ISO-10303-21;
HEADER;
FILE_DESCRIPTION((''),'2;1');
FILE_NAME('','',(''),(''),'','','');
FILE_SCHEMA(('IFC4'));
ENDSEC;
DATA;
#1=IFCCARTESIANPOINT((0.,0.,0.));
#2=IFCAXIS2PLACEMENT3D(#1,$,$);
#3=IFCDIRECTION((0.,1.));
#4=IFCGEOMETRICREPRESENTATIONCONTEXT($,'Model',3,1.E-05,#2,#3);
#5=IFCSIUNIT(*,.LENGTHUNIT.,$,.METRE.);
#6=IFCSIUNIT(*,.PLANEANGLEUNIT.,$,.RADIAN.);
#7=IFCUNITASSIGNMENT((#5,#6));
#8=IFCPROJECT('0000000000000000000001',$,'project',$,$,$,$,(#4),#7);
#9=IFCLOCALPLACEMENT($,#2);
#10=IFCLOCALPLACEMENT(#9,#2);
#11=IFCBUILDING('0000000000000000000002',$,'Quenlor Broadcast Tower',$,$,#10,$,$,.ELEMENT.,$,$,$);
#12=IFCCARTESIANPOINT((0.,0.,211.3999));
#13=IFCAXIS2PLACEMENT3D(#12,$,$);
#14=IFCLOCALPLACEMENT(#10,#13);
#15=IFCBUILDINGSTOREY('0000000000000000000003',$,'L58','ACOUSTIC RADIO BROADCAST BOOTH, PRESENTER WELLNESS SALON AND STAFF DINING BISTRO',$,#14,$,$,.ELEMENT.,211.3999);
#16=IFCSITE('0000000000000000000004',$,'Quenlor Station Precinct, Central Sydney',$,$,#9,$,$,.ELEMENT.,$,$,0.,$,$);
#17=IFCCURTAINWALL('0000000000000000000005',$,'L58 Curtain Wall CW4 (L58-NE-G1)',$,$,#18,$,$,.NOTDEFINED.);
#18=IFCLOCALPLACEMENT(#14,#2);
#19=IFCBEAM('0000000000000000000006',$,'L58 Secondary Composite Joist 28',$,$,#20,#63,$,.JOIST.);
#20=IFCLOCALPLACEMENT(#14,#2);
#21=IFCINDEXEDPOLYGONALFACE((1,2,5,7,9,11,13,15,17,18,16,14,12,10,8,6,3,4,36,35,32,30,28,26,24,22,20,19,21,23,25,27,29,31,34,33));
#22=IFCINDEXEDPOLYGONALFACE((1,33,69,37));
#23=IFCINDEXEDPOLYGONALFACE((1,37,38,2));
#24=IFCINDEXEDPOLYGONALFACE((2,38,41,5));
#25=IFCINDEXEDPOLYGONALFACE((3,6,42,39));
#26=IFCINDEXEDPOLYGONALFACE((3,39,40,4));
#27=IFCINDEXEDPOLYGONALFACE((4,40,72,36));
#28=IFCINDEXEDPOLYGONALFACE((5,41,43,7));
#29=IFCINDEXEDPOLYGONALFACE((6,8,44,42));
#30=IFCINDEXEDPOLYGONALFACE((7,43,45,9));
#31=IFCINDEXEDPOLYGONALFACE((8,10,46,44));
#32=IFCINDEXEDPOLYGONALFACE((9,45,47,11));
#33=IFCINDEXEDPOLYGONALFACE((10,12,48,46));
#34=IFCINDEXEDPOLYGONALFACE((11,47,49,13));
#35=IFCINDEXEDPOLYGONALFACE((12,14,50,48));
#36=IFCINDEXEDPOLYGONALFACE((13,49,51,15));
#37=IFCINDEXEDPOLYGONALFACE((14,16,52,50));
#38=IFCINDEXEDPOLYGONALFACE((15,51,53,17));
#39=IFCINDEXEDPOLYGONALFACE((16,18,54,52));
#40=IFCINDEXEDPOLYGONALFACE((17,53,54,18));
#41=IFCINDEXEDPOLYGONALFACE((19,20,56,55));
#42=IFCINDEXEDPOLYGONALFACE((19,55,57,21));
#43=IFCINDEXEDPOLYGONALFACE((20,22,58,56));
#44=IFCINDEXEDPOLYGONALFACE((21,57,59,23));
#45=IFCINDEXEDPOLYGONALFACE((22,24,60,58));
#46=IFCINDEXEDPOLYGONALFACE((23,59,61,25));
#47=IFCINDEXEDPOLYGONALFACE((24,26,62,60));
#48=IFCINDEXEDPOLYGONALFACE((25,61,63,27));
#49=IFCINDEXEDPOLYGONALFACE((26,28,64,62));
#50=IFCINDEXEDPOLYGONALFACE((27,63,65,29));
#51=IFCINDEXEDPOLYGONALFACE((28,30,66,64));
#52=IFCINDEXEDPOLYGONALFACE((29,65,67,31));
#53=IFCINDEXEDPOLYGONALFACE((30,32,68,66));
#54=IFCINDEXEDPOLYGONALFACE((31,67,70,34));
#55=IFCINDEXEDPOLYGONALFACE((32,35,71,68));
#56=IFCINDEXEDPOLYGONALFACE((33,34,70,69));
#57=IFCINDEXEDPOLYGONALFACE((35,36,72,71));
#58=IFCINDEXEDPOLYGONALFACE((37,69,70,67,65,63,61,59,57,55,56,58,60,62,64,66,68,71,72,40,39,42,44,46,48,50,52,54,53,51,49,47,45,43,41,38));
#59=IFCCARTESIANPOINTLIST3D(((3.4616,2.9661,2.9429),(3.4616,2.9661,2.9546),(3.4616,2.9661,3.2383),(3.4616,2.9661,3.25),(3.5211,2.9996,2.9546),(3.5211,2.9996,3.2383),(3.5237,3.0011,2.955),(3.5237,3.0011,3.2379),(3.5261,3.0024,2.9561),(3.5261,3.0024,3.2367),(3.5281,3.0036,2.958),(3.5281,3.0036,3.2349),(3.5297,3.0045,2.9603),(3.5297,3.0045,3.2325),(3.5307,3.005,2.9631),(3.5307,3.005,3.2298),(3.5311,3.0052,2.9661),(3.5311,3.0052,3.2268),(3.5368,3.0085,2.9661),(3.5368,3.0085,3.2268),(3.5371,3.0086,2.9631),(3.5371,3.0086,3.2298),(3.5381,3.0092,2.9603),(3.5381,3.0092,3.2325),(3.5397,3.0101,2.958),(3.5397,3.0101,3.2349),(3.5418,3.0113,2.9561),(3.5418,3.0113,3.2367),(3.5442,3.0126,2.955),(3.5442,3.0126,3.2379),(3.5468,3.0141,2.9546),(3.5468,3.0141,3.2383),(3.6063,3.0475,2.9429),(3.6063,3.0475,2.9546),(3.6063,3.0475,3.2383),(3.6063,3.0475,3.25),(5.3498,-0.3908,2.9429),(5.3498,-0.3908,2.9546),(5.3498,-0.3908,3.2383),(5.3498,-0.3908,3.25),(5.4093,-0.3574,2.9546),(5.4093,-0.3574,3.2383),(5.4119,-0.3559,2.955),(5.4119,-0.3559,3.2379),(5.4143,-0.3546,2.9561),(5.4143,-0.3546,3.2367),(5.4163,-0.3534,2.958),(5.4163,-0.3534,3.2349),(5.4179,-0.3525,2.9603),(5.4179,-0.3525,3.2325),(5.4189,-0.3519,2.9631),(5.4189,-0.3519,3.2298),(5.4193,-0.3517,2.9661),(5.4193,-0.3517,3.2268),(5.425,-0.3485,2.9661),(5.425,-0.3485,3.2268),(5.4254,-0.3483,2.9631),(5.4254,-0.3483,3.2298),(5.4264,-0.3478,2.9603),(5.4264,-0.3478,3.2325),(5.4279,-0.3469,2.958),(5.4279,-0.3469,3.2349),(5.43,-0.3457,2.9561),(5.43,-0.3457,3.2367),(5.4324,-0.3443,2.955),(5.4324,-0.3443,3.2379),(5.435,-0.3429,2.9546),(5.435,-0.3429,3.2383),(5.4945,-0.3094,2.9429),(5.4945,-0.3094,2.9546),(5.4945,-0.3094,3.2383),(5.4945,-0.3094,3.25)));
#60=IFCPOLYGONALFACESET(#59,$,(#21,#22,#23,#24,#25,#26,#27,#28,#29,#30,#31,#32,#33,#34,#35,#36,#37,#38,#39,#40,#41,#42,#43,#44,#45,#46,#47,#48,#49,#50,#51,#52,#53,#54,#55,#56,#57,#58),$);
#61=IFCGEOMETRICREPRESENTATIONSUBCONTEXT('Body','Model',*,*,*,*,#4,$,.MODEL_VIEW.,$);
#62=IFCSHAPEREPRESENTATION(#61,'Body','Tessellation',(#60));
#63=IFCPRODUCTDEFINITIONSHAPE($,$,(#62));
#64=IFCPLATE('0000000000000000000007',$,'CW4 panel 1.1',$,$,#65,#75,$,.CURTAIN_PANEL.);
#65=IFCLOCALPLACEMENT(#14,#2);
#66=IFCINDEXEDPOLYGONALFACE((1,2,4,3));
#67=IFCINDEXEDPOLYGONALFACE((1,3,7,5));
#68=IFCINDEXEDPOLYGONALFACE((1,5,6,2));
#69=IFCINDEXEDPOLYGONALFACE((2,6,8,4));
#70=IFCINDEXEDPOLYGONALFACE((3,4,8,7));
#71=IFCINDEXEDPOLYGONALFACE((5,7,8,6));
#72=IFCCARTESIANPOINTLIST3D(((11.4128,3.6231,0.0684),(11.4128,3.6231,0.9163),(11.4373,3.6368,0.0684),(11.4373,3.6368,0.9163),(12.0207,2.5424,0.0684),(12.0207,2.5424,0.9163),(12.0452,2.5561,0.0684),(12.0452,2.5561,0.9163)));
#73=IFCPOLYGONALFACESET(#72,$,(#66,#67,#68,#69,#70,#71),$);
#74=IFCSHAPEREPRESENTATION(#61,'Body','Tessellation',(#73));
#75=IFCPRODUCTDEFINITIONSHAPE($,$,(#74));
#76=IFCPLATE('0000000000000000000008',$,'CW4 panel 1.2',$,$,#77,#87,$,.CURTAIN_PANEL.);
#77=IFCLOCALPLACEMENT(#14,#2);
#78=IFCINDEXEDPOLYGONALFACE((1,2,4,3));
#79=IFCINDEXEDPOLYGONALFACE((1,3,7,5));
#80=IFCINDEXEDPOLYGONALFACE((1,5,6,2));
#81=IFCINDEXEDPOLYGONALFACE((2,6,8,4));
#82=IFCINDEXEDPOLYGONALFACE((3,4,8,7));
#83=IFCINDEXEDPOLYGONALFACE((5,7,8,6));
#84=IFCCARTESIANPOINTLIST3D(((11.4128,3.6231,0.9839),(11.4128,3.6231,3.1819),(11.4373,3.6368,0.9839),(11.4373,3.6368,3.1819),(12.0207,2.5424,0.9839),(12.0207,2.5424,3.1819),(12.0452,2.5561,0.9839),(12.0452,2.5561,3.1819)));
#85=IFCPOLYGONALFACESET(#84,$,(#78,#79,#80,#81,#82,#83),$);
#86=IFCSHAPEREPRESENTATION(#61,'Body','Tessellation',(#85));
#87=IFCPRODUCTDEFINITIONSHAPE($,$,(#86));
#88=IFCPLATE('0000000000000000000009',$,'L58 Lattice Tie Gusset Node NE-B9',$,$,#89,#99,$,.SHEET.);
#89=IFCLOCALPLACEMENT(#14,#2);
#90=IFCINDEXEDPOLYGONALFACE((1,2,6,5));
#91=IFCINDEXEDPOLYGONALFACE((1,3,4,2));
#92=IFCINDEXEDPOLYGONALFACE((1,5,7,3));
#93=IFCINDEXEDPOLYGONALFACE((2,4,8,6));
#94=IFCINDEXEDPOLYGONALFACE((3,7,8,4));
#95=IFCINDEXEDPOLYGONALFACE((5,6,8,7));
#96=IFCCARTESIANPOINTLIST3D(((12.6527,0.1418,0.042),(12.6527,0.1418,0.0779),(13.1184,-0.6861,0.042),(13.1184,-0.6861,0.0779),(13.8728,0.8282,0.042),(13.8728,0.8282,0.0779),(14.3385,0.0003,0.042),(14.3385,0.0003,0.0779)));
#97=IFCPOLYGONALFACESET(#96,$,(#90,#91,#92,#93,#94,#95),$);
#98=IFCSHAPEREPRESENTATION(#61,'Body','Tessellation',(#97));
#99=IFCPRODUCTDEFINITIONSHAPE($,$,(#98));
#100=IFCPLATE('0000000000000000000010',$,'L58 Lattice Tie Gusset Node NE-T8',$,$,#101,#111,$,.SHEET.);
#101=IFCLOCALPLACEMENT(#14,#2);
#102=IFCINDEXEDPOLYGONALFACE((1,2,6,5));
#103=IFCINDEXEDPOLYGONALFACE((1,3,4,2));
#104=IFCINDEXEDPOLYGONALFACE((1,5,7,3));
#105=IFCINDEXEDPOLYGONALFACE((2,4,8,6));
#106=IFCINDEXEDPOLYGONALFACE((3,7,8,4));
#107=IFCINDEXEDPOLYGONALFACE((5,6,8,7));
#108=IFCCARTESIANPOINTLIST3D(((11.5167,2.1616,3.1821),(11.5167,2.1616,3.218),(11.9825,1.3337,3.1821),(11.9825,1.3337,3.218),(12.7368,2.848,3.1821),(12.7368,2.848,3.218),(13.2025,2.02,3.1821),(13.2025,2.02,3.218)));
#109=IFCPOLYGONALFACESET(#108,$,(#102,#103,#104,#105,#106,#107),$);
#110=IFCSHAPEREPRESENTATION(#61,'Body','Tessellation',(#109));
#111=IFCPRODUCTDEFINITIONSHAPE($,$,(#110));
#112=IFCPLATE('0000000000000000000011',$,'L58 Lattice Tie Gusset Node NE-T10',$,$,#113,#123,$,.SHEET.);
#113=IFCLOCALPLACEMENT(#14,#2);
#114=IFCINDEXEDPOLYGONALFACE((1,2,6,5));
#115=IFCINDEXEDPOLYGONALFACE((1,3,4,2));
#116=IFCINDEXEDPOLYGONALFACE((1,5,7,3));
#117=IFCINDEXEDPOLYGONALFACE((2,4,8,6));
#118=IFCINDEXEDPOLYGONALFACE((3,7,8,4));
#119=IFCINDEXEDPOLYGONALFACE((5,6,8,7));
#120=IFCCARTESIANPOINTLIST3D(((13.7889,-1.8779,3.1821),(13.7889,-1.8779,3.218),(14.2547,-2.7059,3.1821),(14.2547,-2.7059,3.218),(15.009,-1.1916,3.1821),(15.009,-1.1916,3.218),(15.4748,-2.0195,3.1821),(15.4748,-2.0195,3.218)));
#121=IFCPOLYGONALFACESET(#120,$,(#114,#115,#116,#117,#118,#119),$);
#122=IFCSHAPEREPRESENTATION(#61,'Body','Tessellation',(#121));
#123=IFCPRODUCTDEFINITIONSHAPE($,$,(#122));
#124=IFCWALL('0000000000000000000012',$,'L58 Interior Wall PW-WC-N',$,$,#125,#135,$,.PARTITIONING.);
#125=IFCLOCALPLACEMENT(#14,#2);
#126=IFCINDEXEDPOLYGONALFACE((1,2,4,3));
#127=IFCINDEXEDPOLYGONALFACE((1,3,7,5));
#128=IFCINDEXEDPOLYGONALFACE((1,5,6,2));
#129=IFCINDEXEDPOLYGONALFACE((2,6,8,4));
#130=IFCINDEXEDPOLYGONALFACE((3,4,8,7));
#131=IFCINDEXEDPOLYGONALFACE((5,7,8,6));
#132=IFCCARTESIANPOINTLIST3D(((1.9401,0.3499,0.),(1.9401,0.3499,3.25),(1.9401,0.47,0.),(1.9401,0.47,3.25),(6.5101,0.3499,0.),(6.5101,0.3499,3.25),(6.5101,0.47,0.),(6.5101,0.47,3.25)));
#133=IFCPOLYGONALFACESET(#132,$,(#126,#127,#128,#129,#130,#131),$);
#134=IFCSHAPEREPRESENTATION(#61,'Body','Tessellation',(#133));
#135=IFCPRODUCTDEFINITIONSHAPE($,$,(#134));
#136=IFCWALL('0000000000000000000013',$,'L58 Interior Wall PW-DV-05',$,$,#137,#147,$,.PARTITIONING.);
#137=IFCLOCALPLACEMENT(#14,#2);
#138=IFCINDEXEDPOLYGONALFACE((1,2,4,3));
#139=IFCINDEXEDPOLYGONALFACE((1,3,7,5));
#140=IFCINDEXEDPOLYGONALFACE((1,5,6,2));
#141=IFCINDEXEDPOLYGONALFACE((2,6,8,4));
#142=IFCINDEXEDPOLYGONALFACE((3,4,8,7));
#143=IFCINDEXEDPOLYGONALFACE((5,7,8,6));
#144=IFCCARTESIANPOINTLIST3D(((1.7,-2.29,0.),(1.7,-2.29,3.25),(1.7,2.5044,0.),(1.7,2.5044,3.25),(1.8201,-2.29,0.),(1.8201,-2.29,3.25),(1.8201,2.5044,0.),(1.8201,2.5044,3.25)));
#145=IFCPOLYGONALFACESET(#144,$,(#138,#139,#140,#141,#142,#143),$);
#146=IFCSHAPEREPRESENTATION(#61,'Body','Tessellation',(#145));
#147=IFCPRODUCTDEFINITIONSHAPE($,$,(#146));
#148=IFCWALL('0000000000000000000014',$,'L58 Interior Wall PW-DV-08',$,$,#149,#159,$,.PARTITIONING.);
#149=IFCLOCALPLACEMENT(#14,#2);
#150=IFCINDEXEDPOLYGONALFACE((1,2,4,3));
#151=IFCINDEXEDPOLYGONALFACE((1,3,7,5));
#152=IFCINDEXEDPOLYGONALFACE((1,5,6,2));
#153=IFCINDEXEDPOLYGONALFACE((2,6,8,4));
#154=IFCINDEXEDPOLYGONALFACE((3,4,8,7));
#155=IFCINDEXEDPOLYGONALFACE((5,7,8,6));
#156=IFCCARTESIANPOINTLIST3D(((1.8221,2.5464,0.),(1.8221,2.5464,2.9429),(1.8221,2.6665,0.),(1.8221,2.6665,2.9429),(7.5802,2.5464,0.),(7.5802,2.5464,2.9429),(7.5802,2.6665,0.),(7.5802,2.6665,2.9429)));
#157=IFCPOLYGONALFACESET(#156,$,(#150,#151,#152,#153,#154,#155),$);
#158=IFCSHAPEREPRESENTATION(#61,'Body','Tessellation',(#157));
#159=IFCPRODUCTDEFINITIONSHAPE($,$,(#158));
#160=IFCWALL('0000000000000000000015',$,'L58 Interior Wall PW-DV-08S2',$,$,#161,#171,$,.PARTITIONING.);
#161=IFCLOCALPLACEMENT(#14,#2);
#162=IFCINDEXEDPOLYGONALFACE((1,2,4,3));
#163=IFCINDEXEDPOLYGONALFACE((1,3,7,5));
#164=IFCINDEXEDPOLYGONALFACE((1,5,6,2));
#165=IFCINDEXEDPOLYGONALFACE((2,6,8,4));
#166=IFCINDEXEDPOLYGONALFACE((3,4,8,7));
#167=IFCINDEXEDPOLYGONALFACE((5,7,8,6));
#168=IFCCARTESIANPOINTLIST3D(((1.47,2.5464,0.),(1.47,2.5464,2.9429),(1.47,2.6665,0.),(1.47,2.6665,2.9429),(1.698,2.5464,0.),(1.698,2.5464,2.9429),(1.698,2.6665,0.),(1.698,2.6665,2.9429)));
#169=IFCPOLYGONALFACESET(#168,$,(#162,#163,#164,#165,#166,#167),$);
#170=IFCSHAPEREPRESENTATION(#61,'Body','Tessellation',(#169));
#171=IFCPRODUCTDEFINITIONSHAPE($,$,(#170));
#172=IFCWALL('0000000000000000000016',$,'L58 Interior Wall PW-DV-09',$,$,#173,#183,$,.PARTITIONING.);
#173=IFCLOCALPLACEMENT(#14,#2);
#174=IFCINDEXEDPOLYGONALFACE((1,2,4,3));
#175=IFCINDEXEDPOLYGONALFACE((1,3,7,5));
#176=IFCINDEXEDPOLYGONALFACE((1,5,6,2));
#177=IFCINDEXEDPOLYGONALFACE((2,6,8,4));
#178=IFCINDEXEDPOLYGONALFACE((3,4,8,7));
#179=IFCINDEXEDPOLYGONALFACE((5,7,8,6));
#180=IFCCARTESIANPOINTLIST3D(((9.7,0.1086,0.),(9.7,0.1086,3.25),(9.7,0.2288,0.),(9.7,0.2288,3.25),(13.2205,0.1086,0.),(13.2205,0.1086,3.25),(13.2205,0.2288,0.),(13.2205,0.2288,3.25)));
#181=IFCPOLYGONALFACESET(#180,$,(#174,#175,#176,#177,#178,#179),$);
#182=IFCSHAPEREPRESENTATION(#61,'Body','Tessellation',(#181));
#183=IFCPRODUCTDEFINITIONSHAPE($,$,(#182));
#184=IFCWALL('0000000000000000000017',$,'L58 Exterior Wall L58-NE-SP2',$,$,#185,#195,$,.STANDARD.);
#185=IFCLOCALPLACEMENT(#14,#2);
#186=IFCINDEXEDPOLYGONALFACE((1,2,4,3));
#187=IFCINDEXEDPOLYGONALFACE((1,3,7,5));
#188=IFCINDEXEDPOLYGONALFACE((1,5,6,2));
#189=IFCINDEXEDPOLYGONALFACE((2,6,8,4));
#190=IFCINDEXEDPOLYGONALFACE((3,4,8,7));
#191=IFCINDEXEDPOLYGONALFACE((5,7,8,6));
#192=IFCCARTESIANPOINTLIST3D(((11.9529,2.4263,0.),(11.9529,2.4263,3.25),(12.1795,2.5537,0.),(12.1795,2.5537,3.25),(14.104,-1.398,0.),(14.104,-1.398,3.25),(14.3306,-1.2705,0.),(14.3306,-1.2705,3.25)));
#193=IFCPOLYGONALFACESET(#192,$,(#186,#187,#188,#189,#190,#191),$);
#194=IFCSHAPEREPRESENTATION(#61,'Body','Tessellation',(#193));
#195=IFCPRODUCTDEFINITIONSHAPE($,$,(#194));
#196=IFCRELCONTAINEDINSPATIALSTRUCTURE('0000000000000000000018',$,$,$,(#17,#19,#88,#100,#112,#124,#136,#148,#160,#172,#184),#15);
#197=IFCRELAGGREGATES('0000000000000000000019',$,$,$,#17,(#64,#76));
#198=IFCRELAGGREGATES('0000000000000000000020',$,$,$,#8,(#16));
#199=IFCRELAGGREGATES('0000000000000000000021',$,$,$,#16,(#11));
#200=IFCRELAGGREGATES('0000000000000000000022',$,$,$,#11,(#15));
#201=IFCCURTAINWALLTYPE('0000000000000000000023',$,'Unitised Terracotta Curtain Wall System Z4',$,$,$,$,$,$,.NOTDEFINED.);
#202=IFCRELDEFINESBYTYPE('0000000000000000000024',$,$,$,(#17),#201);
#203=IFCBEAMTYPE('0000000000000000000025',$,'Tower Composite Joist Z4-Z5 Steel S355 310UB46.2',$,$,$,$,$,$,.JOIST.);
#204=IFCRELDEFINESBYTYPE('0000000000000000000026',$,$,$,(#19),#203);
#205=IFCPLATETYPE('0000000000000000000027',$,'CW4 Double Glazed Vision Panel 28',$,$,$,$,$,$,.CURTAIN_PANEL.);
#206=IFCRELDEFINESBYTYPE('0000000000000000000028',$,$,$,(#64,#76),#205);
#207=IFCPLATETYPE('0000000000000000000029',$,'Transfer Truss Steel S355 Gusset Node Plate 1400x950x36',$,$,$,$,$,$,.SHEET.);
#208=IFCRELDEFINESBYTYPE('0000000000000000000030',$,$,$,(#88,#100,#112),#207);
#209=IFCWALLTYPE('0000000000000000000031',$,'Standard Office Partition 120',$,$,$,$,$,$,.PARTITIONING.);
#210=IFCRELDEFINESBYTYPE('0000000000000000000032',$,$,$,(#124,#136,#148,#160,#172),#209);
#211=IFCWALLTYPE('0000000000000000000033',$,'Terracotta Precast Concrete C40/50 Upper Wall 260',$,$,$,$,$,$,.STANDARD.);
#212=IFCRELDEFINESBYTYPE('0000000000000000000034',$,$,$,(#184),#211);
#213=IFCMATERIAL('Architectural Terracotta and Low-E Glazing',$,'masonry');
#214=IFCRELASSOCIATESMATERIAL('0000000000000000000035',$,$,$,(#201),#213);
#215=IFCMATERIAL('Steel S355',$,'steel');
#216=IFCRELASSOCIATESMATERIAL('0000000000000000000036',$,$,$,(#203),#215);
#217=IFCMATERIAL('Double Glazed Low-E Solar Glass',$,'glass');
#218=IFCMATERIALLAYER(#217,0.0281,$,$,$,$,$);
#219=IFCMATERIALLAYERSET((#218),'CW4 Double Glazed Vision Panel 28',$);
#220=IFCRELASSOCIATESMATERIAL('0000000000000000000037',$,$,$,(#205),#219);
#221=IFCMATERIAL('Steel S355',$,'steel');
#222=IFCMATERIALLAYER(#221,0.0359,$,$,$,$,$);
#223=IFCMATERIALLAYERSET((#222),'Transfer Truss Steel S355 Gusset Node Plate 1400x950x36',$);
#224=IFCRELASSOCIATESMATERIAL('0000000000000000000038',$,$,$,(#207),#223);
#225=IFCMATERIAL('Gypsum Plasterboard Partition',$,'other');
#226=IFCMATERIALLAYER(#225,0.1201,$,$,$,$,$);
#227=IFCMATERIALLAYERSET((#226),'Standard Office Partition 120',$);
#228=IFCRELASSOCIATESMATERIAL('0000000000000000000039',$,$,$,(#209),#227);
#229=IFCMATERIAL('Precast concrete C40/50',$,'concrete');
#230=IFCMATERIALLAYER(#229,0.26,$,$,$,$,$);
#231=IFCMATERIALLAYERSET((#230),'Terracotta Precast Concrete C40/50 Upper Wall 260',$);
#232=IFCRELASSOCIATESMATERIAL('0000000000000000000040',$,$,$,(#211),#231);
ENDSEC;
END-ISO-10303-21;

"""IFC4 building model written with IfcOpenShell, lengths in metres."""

from ifc_helpers import new_model, si_unit, direction, frame, frame_2d, origin, origin_2d, place, context, subcontext, project, spatial, rectangle, i_section, extrude, material, layer, layer_set, material_profile, profile_set, type_object, element, aggregate, save


model = new_model("IFC4")

# Units and contexts
model_context = context("Model", 3, precision=1e-05, world=origin(), true_north=direction((0.0, 1.0)))
body_context = subcontext(model_context, "Body", "Model", "MODEL_VIEW")
ifc_project = project(units=[si_unit("LENGTHUNIT", "METRE"), si_unit("PLANEANGLEUNIT", "RADIAN")], contexts=[model_context])

# Site, building, storey
site_placement = place(None, origin())
site = spatial("IfcSite", under=ifc_project, at=site_placement, Name="Quenlor Station Precinct, Central Sydney", CompositionType="ELEMENT", RefElevation=0.0)
building_placement = place(site_placement, origin())
building = spatial("IfcBuilding", under=site, at=building_placement, Name="Quenlor Broadcast Tower", CompositionType="ELEMENT")
storey_placement = place(building_placement, frame((0.0, 0.0, 211.3999)))
storey = spatial("IfcBuildingStorey", under=building, at=storey_placement, Name="L58", Description="ACOUSTIC RADIO BROADCAST BOOTH, PRESENTER WELLNESS SALON AND STAFF DINING BISTRO", CompositionType="ELEMENT", Elevation=211.3999)

# Curtain wall
ifc_material_1 = material(Name="Architectural Terracotta and Low-E Glazing", Category="masonry")
curtain_wall_type = type_object("IfcCurtainWallType", Name="Unitised Terracotta Curtain Wall System Z4", PredefinedType="NOTDEFINED", material=ifc_material_1)
curtain_wall_placement = place(storey_placement, origin())
curtain_wall = element("IfcCurtainWall", 1, at=curtain_wall_placement, inside=storey, type_object=curtain_wall_type, Name="L58 Curtain Wall CW4 (L58-NE-G1)", PredefinedType="NOTDEFINED")

# Beam
ifc_material_2 = material(Name="Steel S355", Category="steel")
ifc_material_profile_1 = material_profile(ifc_material_2, i_section(OverallWidth=0.166, OverallDepth=0.3071, WebThickness=0.0066, FlangeThickness=0.0117, FilletRadius=0.0115, at=origin_2d()))
ifc_profile_set_1 = profile_set([ifc_material_profile_1], Name="Steel S355 310UB46.2")
beam_type_1 = type_object("IfcBeamType", Name="Tower Composite Joist Z4-Z5 Steel S355 310UB46.2", PredefinedType="JOIST", material=ifc_profile_set_1)
beam_1_placement = place(storey_placement, frame((3.5339, 3.0068, 3.0964), z_axis=(0.490243, -0.871586, 0.0), x_axis=(0.871586, 0.490243, 0.0)))
element("IfcBeam", 2, at=beam_1_placement, inside=storey, type_object=beam_type_1, Name="L58 Secondary Composite Joist 28", PredefinedType="JOIST", context=body_context, shape_type="SweptSolid", body=[
    extrude(i_section(OverallWidth=0.166, OverallDepth=0.3071, WebThickness=0.0066, FlangeThickness=0.0117, FilletRadius=0.0115, at=origin_2d()), origin(), (0.0, 0.0, 1.0), 3.8516),
])

# Plates
ifc_material_3 = material(Name="Double Glazed Low-E Solar Glass", Category="glass")
ifc_layer_1 = layer(ifc_material_3, 0.0281)
ifc_layer_set_1 = layer_set([ifc_layer_1], Name="CW4 Double Glazed Vision Panel 28")
plate_type_1 = type_object("IfcPlateType", Name="CW4 Double Glazed Vision Panel 28", PredefinedType="CURTAIN_PANEL", material=ifc_layer_set_1)
plate_1_placement = place(storey_placement, frame((11.729, 3.0896, 0.0684), z_axis=(0.0, 0.0, 1.0), x_axis=(0.490289, -0.87156, 0.0)))
plate_1 = element("IfcPlate", 3, at=plate_1_placement, type_object=plate_type_1, Name="CW4 panel 1.1", PredefinedType="CURTAIN_PANEL", context=body_context, shape_type="SweptSolid", body=[
    extrude(rectangle(XDim=1.24, YDim=0.0281, at=origin_2d()), origin(), (0.0, 0.0, 1.0), 0.8479),
])
plate_2_placement = place(storey_placement, frame((11.729, 3.0896, 0.9839), z_axis=(0.0, 0.0, 1.0), x_axis=(0.490289, -0.87156, 0.0)))
plate_2 = element("IfcPlate", 4, at=plate_2_placement, type_object=plate_type_1, Name="CW4 panel 1.2", PredefinedType="CURTAIN_PANEL", context=body_context, shape_type="SweptSolid", body=[
    extrude(rectangle(XDim=1.24, YDim=0.0281, at=origin_2d()), origin(), (0.0, 0.0, 1.0), 2.198),
])
aggregate(curtain_wall, [plate_1, plate_2])

# Plates
ifc_material_4 = material(Name="Steel S355", Category="steel")
ifc_layer_2 = layer(ifc_material_4, 0.0359)
ifc_layer_set_2 = layer_set([ifc_layer_2], Name="Transfer Truss Steel S355 Gusset Node Plate 1400x950x36")
plate_type_2 = type_object("IfcPlateType", Name="Transfer Truss Steel S355 Gusset Node Plate 1400x950x36", PredefinedType="SHEET", material=ifc_layer_set_2)
for number, where, z_axis, x_axis, name in (
    (5, (13.4956, 0.071, 0.042), (0.0, 0.0, 1.0), (0.871556, 0.490295, 0.0), "L58 Lattice Tie Gusset Node NE-B9"),
    (6, (12.3596, 2.0908, 3.1821), (0.0, 0.0, 1.0), (0.871556, 0.490295, 0.0), "L58 Lattice Tie Gusset Node NE-T8"),
    (7, (14.6318, -1.9487, 3.1821), (0.0, 0.0, 1.0), (0.871556, 0.490295, 0.0), "L58 Lattice Tie Gusset Node NE-T10"),
):
    element("IfcPlate", number, at=place(storey_placement, frame(where, z_axis=z_axis, x_axis=x_axis)), inside=storey, type_object=plate_type_2, Name=name, PredefinedType="SHEET", context=body_context, shape_type="SweptSolid", body=[
        extrude(rectangle(XDim=1.3999, YDim=0.95, at=origin_2d()), origin(), (0.0, 0.0, 1.0), 0.0359),
    ])

# Walls
ifc_material_5 = material(Name="Gypsum Plasterboard Partition", Category="other")
ifc_layer_3 = layer(ifc_material_5, 0.1201)
ifc_layer_set_3 = layer_set([ifc_layer_3], Name="Standard Office Partition 120")
wall_type_1 = type_object("IfcWallType", Name="Standard Office Partition 120", PredefinedType="PARTITIONING", material=ifc_layer_set_3)
wall_1_placement = place(storey_placement, frame((1.9399, 0.4099, 0.0), z_axis=(0.0, 0.0, 1.0), x_axis=(1.0, 0.0, 0.0)))
element("IfcWall", 8, at=wall_1_placement, inside=storey, type_object=wall_type_1, Name="L58 Interior Wall PW-WC-N", PredefinedType="PARTITIONING", context=body_context, shape_type="SweptSolid", body=[
    extrude(rectangle(XDim=4.5701, YDim=0.1201, at=frame_2d((2.2852, 0.0))), origin(), (0.0, 0.0, 1.0), 3.25),
])
wall_2_placement = place(storey_placement, frame((1.76, 2.5044, 0.0), z_axis=(0.0, 0.0, 1.0), x_axis=(0.0, -1.0, 0.0)))
element("IfcWall", 9, at=wall_2_placement, inside=storey, type_object=wall_type_1, Name="L58 Interior Wall PW-DV-05", PredefinedType="PARTITIONING", context=body_context, shape_type="SweptSolid", body=[
    extrude(rectangle(XDim=4.7944, YDim=0.1201, at=frame_2d((2.3972, 0.0))), origin(), (0.0, 0.0, 1.0), 3.25),
])
wall_3_placement = place(storey_placement, frame((7.5801, 2.6064, 0.0), z_axis=(0.0, 0.0, 1.0), x_axis=(-1.0, 0.0, 0.0)))
element("IfcWall", 10, at=wall_3_placement, inside=storey, type_object=wall_type_1, Name="L58 Interior Wall PW-DV-08", PredefinedType="PARTITIONING", context=body_context, shape_type="SweptSolid", body=[
    extrude(rectangle(XDim=5.7581, YDim=0.1201, at=frame_2d((2.8789, 0.0))), origin(), (0.0, 0.0, 1.0), 2.9429),
])
wall_4_placement = place(storey_placement, frame((1.698, 2.6064, 0.0), z_axis=(0.0, 0.0, 1.0), x_axis=(-1.0, 0.0, 0.0)))
element("IfcWall", 11, at=wall_4_placement, inside=storey, type_object=wall_type_1, Name="L58 Interior Wall PW-DV-08S2", PredefinedType="PARTITIONING", context=body_context, shape_type="SweptSolid", body=[
    extrude(rectangle(XDim=0.228, YDim=0.1201, at=frame_2d((0.114, 0.0))), origin(), (0.0, 0.0, 1.0), 2.9429),
])
wall_5_placement = place(storey_placement, frame((13.2205, 0.1687, 0.0), z_axis=(0.0, 0.0, 1.0), x_axis=(-1.0, 0.0, 0.0)))
element("IfcWall", 12, at=wall_5_placement, inside=storey, type_object=wall_type_1, Name="L58 Interior Wall PW-DV-09", PredefinedType="PARTITIONING", context=body_context, shape_type="SweptSolid", body=[
    extrude(rectangle(XDim=3.5205, YDim=0.1201, at=frame_2d((1.7603, 0.0))), origin(), (0.0, 0.0, 1.0), 3.25),
])
ifc_material_6 = material(Name="Precast concrete C40/50", Category="concrete")
ifc_layer_4 = layer(ifc_material_6, 0.26)
ifc_layer_set_4 = layer_set([ifc_layer_4], Name="Terracotta Precast Concrete C40/50 Upper Wall 260")
wall_type_2 = type_object("IfcWallType", Name="Terracotta Precast Concrete C40/50 Upper Wall 260", PredefinedType="STANDARD", material=ifc_layer_set_4)
wall_6_placement = place(storey_placement, frame((12.0662, 2.49, 0.0), z_axis=(0.0, 0.0, 1.0), x_axis=(0.490261, -0.871576, 0.0)))
element("IfcWall", 13, at=wall_6_placement, inside=storey, type_object=wall_type_2, Name="L58 Exterior Wall L58-NE-SP2", PredefinedType="STANDARD", context=body_context, shape_type="SweptSolid", body=[
    extrude(rectangle(XDim=4.3877, YDim=0.26, at=frame_2d((2.1938, 0.0))), origin(), (0.0, 0.0, 1.0), 3.25),
])

save(model, "model.ifc")
